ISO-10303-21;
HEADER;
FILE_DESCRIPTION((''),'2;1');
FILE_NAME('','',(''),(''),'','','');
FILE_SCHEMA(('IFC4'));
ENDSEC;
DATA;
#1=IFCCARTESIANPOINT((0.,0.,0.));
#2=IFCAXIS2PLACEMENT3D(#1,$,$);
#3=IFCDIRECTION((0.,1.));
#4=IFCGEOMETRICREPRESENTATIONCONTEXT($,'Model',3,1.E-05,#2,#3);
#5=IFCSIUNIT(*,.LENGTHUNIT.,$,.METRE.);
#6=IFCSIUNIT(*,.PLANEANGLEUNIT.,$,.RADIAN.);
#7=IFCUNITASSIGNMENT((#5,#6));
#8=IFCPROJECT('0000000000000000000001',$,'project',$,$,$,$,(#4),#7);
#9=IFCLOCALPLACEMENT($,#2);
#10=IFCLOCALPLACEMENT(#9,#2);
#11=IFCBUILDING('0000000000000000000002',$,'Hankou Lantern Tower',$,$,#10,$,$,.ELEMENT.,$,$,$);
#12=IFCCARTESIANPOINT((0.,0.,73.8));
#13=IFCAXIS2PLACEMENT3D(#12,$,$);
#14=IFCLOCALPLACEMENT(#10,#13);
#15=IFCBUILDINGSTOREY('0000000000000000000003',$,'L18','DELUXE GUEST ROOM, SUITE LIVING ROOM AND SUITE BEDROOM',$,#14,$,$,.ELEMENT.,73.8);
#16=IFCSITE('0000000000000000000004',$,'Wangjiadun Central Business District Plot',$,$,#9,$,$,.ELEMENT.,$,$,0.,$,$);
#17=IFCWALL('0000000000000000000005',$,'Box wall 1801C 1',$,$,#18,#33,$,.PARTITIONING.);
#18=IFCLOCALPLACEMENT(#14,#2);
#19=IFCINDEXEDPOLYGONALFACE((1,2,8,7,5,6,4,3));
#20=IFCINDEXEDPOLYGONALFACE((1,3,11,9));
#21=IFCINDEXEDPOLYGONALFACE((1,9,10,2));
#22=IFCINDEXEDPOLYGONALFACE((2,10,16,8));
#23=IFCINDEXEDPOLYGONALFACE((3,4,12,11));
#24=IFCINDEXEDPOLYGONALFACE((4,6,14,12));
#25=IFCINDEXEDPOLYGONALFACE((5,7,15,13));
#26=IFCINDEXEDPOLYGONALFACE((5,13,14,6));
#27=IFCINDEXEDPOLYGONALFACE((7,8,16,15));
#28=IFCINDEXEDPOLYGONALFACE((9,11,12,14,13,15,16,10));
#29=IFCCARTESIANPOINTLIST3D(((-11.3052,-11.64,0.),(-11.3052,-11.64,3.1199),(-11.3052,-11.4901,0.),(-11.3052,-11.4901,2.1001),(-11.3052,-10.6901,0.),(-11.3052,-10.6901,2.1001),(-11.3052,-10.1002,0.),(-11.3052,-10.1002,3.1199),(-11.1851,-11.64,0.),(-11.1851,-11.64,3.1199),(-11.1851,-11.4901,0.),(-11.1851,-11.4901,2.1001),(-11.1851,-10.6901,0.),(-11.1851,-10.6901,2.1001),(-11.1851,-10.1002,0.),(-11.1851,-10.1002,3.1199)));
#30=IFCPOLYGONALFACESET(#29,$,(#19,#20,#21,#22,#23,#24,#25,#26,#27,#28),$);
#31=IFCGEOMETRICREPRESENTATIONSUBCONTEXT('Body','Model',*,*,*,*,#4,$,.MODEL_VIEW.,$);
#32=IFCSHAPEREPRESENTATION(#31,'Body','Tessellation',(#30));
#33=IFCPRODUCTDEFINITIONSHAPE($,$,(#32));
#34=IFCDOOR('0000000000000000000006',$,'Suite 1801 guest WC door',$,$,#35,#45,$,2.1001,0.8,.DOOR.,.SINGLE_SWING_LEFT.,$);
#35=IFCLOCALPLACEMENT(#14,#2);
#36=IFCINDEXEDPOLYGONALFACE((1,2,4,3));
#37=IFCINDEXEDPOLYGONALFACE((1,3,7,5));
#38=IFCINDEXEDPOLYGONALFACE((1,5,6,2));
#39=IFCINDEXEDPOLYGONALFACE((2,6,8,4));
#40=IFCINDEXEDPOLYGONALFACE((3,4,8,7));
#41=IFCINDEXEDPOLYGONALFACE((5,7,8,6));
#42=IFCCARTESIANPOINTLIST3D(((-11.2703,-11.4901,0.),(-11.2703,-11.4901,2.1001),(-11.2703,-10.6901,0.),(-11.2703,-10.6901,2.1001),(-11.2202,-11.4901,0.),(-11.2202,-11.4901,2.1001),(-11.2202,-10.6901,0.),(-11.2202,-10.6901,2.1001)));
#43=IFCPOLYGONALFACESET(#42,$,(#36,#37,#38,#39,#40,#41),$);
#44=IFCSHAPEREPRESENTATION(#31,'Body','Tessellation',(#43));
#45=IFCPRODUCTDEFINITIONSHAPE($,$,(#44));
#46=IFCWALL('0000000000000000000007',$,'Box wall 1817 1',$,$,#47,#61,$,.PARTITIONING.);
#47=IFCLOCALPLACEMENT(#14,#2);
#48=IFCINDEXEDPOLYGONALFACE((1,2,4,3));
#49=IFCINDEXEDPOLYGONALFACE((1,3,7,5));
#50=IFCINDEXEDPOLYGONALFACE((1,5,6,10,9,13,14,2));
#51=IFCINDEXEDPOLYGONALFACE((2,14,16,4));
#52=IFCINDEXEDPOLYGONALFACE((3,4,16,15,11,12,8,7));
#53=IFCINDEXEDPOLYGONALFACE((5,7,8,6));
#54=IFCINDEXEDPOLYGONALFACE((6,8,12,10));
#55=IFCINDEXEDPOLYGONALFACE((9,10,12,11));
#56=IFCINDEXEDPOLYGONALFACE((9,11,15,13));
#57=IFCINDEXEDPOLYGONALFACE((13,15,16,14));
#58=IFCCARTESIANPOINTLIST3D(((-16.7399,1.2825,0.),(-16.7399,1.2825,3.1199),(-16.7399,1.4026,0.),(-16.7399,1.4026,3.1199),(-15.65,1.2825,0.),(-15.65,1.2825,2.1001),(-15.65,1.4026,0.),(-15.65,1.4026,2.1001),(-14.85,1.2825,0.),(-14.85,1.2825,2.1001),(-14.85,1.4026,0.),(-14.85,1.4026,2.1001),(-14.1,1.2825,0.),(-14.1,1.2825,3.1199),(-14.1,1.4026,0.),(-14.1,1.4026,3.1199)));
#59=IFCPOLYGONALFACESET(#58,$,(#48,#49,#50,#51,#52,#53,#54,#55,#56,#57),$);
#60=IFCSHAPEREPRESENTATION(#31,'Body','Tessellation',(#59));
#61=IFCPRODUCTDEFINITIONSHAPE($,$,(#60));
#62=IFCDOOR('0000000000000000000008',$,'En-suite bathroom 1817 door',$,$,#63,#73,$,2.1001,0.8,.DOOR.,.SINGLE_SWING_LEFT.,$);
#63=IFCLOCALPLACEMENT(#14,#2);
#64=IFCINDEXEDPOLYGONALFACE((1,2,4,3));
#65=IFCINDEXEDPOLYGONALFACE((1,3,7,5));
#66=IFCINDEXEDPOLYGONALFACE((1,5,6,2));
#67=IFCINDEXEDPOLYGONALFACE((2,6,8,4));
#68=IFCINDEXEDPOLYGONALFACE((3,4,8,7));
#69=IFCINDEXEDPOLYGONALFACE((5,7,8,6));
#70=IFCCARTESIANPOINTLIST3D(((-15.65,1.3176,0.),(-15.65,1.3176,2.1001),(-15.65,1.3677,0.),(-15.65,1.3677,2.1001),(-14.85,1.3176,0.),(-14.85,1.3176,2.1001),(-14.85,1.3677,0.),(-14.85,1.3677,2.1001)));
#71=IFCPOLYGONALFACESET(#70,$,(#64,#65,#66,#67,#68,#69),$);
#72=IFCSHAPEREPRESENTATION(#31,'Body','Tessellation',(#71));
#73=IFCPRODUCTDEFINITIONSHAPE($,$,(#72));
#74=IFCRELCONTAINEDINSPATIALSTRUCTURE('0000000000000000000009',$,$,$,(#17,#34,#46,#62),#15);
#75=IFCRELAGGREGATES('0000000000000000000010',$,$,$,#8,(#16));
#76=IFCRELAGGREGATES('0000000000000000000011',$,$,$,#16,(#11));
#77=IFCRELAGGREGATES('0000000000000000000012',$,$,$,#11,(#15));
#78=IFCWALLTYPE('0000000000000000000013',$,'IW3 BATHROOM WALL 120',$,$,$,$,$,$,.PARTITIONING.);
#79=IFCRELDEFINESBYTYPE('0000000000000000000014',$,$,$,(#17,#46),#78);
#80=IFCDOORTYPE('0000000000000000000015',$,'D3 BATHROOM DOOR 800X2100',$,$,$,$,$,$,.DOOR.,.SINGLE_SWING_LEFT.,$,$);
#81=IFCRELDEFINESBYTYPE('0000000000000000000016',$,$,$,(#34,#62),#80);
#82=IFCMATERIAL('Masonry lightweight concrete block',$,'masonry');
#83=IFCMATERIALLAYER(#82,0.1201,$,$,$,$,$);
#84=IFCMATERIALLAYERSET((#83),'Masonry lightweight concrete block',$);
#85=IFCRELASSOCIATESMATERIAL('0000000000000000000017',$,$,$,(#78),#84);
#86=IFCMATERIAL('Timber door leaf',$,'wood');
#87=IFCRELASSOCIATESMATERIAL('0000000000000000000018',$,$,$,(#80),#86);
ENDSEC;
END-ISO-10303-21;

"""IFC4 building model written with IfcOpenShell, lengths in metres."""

from ifc_helpers import new_model, si_unit, direction, frame, frame_2d, origin, place, context, subcontext, project, spatial, rectangle, extrude, material, layer, layer_set, type_object, element, fill, save


model = new_model("IFC4")

# Units and contexts
model_context = context("Model", 3, precision=1e-05, world=origin(), true_north=direction((0.0, 1.0)))
body_context = subcontext(model_context, "Body", "Model", "MODEL_VIEW")
ifc_project = project(units=[si_unit("LENGTHUNIT", "METRE"), si_unit("PLANEANGLEUNIT", "RADIAN")], contexts=[model_context])

# Site, building, storey
site_placement = place(None, origin())
site = spatial("IfcSite", under=ifc_project, at=site_placement, Name="Wangjiadun Central Business District Plot", CompositionType="ELEMENT", RefElevation=0.0)
building_placement = place(site_placement, origin())
building = spatial("IfcBuilding", under=site, at=building_placement, Name="Hankou Lantern Tower", CompositionType="ELEMENT")
storey_placement = place(building_placement, frame((0.0, 0.0, 73.8)))
storey = spatial("IfcBuildingStorey", under=building, at=storey_placement, Name="L18", Description="DELUXE GUEST ROOM, SUITE LIVING ROOM AND SUITE BEDROOM", CompositionType="ELEMENT", Elevation=73.8)

# Walls, openings, doors
ifc_material_1 = material(Name="Masonry lightweight concrete block", Category="masonry")
ifc_layer_1 = layer(ifc_material_1, 0.1201)
ifc_layer_set_1 = layer_set([ifc_layer_1], Name="Masonry lightweight concrete block")
wall_type_1 = type_object("IfcWallType", Name="IW3 BATHROOM WALL 120", PredefinedType="PARTITIONING", material=ifc_layer_set_1)
wall_1_placement = place(storey_placement, frame((-11.2451, -10.1001, 0.0), z_axis=(0.0, 0.0, 1.0), x_axis=(0.0, -1.0, 0.0)))
wall_1 = element("IfcWall", 1, at=wall_1_placement, inside=storey, type_object=wall_type_1, Name="Box wall 1801C 1", PredefinedType="PARTITIONING", context=body_context, shape_type="SweptSolid", body=[
    extrude(rectangle(XDim=1.5398, YDim=0.1201, at=frame_2d((0.77, 0.0))), origin(), (0.0, 0.0, 1.0), 3.1199),
])
opening_1_placement = place(wall_1_placement, frame((0.5901, 0.0, 0.0)))
opening_1 = element("IfcOpeningElement", 2, at=opening_1_placement, cuts=wall_1, PredefinedType="OPENING", context=body_context, shape_type="SweptSolid", body=[
    extrude(rectangle(XDim=0.8, YDim=2.1001, at=frame_2d((0.3999, 1.05))), frame((0.0, 0.0701, 0.0), z_axis=(0.0, -1.0, 0.0), x_axis=(1.0, 0.0, 0.0)), (0.0, 0.0, 1.0), 0.1401),
])
ifc_material_2 = material(Name="Timber door leaf", Category="wood")
door_type_1 = type_object("IfcDoorType", Name="D3 BATHROOM DOOR 800X2100", OperationType="SINGLE_SWING_LEFT", PredefinedType="DOOR", material=ifc_material_2)
door_1_placement = place(opening_1_placement, origin())
door_1 = element("IfcDoor", 3, at=door_1_placement, inside=storey, type_object=door_type_1, Name="Suite 1801 guest WC door", OperationType="SINGLE_SWING_LEFT", OverallHeight=2.1001, OverallWidth=0.8, PredefinedType="DOOR", context=body_context, shape_type="SweptSolid", body=[
    extrude(rectangle(XDim=0.8, YDim=2.1001, at=frame_2d((0.3999, 1.05))), frame((0.0, 0.0249, 0.0), z_axis=(0.0, -1.0, 0.0), x_axis=(1.0, 0.0, 0.0)), (0.0, 0.0, 1.0), 0.05),
])
fill(opening_1, door_1)
wall_2_placement = place(storey_placement, frame((-14.1001, 1.3425, 0.0), z_axis=(0.0, 0.0, 1.0), x_axis=(-1.0, 0.0, 0.0)))
wall_2 = element("IfcWall", 4, at=wall_2_placement, inside=storey, type_object=wall_type_1, Name="Box wall 1817 1", PredefinedType="PARTITIONING", context=body_context, shape_type="SweptSolid", body=[
    extrude(rectangle(XDim=2.6399, YDim=0.1201, at=frame_2d((1.3198, 0.0))), origin(), (0.0, 0.0, 1.0), 3.1199),
])
opening_2_placement = place(wall_2_placement, frame((0.75, 0.0, 0.0)))
opening_2 = element("IfcOpeningElement", 5, at=opening_2_placement, cuts=wall_2, PredefinedType="OPENING", context=body_context, shape_type="SweptSolid", body=[
    extrude(rectangle(XDim=0.8, YDim=2.1001, at=frame_2d((0.3999, 1.05))), frame((0.0, 0.0701, 0.0), z_axis=(0.0, -1.0, 0.0), x_axis=(1.0, 0.0, 0.0)), (0.0, 0.0, 1.0), 0.1401),
])
door_2_placement = place(opening_2_placement, origin())
door_2 = element("IfcDoor", 6, at=door_2_placement, inside=storey, type_object=door_type_1, Name="En-suite bathroom 1817 door", OperationType="SINGLE_SWING_LEFT", OverallHeight=2.1001, OverallWidth=0.8, PredefinedType="DOOR", context=body_context, shape_type="SweptSolid", body=[
    extrude(rectangle(XDim=0.8, YDim=2.1001, at=frame_2d((0.3999, 1.05))), frame((0.0, 0.0249, 0.0), z_axis=(0.0, -1.0, 0.0), x_axis=(1.0, 0.0, 0.0)), (0.0, 0.0, 1.0), 0.05),
])
fill(opening_2, door_2)

save(model, "model.ifc")
